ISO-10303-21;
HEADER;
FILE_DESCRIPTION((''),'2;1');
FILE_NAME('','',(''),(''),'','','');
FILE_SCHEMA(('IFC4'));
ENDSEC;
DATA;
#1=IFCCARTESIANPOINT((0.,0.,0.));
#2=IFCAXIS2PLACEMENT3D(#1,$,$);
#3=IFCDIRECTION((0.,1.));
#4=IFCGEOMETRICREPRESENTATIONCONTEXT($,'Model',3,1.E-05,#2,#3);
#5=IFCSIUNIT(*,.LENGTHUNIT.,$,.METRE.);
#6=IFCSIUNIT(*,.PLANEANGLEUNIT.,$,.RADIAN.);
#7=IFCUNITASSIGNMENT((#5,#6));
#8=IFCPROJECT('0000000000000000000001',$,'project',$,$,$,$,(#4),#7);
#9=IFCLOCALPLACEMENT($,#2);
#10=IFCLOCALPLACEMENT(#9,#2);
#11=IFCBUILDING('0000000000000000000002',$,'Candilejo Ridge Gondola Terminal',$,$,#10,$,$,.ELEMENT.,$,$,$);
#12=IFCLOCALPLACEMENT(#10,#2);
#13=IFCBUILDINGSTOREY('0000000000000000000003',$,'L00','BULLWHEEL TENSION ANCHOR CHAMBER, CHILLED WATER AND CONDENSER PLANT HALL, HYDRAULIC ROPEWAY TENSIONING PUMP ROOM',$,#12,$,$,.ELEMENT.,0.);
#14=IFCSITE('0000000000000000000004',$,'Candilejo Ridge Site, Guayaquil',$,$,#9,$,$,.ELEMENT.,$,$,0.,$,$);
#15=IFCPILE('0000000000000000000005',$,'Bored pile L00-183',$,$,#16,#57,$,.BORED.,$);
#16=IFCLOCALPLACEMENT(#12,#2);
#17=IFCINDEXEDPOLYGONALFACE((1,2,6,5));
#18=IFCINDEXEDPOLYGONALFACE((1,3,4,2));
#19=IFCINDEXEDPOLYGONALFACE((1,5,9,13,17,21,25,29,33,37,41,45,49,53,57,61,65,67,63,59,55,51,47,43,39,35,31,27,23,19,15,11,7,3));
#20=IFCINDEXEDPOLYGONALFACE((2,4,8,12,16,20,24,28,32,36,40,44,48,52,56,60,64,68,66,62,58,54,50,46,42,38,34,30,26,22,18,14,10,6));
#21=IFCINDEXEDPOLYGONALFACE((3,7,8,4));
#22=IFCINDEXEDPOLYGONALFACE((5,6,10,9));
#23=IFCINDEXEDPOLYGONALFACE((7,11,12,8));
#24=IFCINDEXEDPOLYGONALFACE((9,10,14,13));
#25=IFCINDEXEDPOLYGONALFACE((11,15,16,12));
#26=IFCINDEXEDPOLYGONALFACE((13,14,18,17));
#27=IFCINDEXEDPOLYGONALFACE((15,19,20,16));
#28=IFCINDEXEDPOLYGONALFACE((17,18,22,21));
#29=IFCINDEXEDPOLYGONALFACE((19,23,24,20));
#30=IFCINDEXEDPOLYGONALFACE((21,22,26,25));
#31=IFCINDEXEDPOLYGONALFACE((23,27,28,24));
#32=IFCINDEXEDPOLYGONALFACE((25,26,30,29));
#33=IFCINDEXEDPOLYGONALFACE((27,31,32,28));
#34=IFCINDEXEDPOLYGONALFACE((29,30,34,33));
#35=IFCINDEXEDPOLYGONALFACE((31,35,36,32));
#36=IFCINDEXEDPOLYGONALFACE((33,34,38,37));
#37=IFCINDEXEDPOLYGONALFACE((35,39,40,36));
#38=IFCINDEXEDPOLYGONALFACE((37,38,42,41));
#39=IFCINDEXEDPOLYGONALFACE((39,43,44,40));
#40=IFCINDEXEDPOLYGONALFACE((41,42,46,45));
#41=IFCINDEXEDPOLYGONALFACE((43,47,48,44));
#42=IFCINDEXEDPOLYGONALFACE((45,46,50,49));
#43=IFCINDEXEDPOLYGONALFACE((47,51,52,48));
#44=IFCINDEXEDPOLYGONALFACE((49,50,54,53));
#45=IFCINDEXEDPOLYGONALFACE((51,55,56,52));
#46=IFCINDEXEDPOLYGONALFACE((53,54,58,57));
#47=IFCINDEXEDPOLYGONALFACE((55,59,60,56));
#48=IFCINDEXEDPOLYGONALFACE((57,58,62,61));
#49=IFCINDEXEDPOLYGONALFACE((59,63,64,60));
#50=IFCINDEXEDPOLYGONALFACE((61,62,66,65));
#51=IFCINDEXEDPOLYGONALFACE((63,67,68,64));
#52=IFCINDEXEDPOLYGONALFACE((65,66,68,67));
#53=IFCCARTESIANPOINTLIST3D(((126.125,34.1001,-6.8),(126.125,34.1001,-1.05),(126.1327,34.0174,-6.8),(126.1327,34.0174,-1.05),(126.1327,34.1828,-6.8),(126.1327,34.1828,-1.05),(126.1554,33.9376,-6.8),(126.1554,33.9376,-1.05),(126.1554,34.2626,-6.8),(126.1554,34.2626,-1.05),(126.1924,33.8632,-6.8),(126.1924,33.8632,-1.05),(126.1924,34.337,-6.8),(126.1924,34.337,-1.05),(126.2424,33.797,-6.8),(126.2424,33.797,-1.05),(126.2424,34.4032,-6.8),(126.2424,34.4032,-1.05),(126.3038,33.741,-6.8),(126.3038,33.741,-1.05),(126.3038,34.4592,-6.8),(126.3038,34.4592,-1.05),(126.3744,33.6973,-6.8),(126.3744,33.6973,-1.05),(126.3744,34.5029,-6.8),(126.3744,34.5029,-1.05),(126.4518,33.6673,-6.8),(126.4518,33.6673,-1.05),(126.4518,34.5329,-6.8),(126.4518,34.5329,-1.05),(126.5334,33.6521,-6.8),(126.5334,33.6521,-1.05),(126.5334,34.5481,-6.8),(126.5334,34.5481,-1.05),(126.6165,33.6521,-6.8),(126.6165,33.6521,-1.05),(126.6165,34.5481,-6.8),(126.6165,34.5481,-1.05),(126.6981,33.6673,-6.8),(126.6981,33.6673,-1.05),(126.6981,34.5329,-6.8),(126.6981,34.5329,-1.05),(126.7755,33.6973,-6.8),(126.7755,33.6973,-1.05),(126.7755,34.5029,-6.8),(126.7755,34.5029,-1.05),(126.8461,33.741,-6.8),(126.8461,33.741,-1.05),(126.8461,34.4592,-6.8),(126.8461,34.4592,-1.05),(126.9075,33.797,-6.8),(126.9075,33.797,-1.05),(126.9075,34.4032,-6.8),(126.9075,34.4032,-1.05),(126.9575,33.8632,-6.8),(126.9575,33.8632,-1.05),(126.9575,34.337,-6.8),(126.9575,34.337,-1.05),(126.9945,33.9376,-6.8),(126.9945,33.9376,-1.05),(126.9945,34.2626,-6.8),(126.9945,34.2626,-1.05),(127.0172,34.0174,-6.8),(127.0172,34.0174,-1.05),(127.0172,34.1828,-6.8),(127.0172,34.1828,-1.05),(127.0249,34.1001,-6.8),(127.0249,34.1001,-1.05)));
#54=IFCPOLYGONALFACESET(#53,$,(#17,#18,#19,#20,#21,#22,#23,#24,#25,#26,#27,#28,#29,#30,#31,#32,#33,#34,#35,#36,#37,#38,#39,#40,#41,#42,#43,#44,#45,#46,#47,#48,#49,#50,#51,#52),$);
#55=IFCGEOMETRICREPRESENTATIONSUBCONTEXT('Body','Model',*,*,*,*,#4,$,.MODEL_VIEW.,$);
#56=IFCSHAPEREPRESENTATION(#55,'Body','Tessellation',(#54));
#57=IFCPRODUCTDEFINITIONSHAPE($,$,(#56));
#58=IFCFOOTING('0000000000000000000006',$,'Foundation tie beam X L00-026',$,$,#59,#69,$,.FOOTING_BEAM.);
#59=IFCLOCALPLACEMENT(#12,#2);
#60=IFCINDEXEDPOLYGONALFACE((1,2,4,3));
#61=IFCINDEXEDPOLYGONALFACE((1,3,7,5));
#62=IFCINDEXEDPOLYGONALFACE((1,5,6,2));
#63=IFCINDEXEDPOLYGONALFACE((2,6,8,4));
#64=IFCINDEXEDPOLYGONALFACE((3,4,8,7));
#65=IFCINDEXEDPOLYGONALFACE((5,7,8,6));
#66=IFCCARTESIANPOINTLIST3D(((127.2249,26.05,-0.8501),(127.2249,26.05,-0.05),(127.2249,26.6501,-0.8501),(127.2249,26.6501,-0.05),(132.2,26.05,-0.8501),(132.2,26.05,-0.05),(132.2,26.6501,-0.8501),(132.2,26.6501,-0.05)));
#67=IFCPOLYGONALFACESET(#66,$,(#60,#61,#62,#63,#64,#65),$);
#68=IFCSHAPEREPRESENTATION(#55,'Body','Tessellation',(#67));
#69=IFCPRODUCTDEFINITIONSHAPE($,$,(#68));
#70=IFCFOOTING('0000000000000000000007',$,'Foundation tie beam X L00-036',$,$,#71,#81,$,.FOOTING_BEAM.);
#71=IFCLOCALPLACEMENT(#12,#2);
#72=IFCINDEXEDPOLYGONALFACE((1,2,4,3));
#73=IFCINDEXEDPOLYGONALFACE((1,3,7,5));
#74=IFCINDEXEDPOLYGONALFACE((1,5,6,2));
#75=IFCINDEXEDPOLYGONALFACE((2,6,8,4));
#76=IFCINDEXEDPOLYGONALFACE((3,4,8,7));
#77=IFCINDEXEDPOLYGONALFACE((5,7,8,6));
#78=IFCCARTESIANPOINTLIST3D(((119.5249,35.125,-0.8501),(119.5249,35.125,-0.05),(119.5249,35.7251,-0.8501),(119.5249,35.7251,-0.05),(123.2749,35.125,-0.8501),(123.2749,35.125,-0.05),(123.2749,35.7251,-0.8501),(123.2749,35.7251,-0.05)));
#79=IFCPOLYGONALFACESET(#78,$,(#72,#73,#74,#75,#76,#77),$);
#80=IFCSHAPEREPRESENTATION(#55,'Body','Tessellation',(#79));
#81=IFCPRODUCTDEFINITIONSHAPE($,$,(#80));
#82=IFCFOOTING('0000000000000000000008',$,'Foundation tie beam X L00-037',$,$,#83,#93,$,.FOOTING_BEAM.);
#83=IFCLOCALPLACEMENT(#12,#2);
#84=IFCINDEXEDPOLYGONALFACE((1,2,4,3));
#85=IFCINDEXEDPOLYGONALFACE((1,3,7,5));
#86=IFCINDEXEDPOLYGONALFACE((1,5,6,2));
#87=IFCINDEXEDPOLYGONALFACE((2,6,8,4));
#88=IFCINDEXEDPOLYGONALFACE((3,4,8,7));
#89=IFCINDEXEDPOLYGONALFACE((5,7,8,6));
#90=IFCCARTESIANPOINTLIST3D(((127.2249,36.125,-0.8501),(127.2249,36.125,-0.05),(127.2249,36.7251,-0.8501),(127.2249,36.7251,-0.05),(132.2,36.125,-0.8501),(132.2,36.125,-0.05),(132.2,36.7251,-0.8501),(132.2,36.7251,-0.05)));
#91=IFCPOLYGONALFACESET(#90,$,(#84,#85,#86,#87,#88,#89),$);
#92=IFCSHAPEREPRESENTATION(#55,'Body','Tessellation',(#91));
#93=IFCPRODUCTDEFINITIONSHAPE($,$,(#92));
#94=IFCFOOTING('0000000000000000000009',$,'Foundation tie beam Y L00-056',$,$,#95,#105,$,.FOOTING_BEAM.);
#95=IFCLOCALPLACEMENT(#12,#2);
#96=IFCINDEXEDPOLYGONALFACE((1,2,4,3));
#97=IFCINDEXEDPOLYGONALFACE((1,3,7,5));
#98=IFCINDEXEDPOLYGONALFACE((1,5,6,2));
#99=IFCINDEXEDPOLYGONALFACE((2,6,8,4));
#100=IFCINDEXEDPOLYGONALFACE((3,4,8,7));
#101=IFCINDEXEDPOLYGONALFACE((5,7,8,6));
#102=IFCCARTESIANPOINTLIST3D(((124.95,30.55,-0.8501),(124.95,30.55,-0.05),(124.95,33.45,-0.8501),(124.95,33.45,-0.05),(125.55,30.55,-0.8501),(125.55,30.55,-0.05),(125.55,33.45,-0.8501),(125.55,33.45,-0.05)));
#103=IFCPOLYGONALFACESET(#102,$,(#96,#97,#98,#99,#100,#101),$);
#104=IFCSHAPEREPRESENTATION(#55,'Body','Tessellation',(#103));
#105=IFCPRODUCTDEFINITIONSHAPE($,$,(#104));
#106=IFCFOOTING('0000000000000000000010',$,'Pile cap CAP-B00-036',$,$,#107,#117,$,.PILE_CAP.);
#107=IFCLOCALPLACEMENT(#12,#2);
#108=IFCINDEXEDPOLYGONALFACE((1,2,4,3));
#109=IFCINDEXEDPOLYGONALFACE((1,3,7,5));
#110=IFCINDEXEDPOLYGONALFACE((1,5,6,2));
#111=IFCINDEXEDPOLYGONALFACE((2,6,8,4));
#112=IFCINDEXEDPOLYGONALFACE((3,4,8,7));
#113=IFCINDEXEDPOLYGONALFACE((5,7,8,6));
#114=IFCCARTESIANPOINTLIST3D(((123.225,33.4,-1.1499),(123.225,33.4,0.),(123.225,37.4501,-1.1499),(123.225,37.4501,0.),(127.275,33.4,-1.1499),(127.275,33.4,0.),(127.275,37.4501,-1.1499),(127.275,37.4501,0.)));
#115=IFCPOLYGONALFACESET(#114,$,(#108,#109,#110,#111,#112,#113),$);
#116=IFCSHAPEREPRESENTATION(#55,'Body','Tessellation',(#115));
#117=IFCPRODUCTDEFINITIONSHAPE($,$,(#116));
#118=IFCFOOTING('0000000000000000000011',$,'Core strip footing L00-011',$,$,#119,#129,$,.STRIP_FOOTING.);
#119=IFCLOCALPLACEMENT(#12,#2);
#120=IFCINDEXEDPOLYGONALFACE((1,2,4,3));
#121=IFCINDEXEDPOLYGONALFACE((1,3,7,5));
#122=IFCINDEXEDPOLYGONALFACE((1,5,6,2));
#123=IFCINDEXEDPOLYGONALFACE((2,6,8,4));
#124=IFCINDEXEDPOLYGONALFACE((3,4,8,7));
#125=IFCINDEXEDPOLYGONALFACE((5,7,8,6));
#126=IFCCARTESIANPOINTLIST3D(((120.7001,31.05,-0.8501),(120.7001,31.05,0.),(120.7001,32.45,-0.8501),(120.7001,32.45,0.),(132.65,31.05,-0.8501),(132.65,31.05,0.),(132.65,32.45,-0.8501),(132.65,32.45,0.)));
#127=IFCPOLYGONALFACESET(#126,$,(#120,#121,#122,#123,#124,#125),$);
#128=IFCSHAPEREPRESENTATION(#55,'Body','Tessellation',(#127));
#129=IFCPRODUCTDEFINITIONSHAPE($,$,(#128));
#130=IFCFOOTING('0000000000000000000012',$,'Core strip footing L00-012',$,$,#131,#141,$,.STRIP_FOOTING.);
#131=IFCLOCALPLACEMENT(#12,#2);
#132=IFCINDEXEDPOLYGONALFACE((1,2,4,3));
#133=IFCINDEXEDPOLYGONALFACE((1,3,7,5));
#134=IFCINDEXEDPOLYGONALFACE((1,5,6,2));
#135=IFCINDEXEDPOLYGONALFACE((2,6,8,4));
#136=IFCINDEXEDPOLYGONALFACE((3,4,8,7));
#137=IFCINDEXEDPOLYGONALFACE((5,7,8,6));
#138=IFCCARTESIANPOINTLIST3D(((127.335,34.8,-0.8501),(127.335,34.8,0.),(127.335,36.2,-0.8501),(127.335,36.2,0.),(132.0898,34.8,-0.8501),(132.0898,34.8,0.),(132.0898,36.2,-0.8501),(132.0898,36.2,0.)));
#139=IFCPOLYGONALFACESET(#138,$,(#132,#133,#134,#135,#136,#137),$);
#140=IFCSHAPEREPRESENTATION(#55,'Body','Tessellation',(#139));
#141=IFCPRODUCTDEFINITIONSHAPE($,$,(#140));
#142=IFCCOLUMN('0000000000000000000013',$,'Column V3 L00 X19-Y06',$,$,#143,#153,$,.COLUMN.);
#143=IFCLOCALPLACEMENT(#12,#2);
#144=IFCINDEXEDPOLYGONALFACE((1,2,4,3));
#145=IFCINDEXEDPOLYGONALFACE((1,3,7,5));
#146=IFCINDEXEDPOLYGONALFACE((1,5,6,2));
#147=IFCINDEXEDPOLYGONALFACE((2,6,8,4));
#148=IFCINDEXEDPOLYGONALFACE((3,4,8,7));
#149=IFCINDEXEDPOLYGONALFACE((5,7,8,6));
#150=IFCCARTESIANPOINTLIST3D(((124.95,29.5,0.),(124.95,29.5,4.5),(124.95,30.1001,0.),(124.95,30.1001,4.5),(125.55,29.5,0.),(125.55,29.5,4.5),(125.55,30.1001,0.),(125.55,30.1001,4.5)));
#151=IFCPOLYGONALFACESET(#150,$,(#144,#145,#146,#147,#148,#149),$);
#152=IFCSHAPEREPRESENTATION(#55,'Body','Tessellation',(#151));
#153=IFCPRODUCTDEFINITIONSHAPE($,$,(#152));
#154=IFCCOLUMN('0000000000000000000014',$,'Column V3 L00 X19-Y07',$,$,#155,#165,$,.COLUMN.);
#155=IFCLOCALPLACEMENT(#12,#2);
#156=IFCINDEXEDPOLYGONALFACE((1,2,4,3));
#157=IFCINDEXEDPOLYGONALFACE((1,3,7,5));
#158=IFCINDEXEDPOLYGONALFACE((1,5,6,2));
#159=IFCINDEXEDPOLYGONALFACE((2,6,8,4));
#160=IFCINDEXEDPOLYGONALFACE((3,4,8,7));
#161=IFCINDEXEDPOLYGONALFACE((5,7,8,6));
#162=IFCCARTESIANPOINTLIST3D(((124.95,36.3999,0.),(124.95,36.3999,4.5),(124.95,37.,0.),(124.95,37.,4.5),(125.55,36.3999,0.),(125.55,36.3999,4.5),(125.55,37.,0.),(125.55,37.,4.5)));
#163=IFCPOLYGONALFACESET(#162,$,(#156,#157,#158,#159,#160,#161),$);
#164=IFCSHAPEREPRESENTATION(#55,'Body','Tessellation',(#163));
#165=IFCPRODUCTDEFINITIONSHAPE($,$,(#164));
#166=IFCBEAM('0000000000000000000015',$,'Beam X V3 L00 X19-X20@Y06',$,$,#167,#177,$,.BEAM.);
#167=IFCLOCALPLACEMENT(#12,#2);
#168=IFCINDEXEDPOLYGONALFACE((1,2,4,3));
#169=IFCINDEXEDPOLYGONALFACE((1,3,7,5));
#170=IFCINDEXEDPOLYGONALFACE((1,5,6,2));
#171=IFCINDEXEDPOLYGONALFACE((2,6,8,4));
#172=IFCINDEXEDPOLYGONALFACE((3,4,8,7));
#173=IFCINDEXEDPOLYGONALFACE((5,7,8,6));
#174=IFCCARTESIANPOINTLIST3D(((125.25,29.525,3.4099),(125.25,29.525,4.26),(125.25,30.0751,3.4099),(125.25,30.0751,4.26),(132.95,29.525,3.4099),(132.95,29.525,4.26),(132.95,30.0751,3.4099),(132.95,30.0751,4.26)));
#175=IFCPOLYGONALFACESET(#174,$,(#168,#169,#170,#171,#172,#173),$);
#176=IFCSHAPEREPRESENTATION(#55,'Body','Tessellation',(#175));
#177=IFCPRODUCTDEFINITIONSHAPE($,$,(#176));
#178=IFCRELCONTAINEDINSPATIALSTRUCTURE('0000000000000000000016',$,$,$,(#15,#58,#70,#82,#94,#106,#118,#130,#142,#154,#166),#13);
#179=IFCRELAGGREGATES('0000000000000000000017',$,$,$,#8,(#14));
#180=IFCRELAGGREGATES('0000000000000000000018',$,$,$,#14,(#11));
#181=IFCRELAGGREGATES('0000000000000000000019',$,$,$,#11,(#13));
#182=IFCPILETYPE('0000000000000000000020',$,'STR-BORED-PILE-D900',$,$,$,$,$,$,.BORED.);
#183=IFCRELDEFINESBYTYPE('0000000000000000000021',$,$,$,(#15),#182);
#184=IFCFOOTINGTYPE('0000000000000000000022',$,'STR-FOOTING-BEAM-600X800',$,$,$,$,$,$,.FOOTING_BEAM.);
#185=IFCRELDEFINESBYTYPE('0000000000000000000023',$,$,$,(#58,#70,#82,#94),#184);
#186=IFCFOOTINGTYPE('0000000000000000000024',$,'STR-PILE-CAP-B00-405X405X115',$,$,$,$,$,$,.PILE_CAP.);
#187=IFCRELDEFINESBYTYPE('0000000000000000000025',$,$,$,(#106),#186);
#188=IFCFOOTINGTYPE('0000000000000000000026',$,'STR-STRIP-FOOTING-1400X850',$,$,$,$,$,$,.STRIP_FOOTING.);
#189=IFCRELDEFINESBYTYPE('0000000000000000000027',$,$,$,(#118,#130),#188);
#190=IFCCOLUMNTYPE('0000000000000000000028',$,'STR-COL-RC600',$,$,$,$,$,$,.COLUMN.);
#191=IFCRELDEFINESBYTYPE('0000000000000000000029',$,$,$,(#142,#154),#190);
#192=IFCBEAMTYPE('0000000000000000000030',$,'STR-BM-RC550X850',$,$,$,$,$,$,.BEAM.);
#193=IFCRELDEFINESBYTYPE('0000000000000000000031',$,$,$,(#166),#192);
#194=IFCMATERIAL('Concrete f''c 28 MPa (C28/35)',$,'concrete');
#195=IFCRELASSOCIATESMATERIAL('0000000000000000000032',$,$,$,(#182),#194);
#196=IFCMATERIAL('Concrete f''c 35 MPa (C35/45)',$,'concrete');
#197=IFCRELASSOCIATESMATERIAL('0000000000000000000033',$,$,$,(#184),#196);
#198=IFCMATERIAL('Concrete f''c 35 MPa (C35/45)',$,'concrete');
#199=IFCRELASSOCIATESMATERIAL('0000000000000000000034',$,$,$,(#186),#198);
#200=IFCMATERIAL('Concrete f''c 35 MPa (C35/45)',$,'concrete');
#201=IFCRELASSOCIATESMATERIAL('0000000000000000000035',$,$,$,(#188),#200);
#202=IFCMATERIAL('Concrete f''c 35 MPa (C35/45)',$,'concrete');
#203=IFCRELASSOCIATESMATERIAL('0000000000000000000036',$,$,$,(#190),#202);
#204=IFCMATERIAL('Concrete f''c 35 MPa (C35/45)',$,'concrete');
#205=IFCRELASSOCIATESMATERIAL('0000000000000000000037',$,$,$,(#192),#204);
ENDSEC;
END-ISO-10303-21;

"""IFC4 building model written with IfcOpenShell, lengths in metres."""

from ifc_helpers import new_model, si_unit, direction, frame, origin, origin_2d, place, context, subcontext, project, spatial, rectangle, circle, extrude, material, material_profile, profile_set, type_object, element, save


model = new_model("IFC4")

# Units and contexts
model_context = context("Model", 3, precision=1e-05, world=origin(), true_north=direction((0.0, 1.0)))
body_context = subcontext(model_context, "Body", "Model", "MODEL_VIEW")
ifc_project = project(units=[si_unit("LENGTHUNIT", "METRE"), si_unit("PLANEANGLEUNIT", "RADIAN")], contexts=[model_context])

# Site, building, storey
site_placement = place(None, origin())
site = spatial("IfcSite", under=ifc_project, at=site_placement, Name="Candilejo Ridge Site, Guayaquil", CompositionType="ELEMENT", RefElevation=0.0)
building_placement = place(site_placement, origin())
building = spatial("IfcBuilding", under=site, at=building_placement, Name="Candilejo Ridge Gondola Terminal", CompositionType="ELEMENT")
storey_placement = place(building_placement, origin())
storey = spatial("IfcBuildingStorey", under=building, at=storey_placement, Name="L00", Description="BULLWHEEL TENSION ANCHOR CHAMBER, CHILLED WATER AND CONDENSER PLANT HALL, HYDRAULIC ROPEWAY TENSIONING PUMP ROOM", CompositionType="ELEMENT", Elevation=0.0)

# Pile
ifc_material_1 = material(Name="Concrete f'c 28 MPa (C28/35)", Category="concrete")
ifc_material_profile_1 = material_profile(ifc_material_1, circle(Radius=0.45, at=origin_2d()))
ifc_profile_set_1 = profile_set([ifc_material_profile_1], Name="Concrete f'c 28 MPa (C28/35)")
pile_type = type_object("IfcPileType", Name="STR-BORED-PILE-D900", PredefinedType="BORED", material=ifc_profile_set_1)
for number, where, z_axis, x_axis, name in (
    (1, (126.575, 34.1001, -1.05), (0.0, 0.0, -1.0), (1.0, 0.0, 0.0), "Bored pile L00-183"),
):
    element("IfcPile", number, at=place(storey_placement, frame(where, z_axis=z_axis, x_axis=x_axis)), inside=storey, type_object=pile_type, Name=name, PredefinedType="BORED", context=body_context, shape_type="SweptSolid", body=[
        extrude(circle(Radius=0.45, at=origin_2d()), origin(), (0.0, 0.0, 1.0), 5.75),
    ])

# Footings
ifc_material_2 = material(Name="Concrete f'c 35 MPa (C35/45)", Category="concrete")
footing_type_1 = type_object("IfcFootingType", Name="STR-FOOTING-BEAM-600X800", PredefinedType="FOOTING_BEAM", material=ifc_material_2)
footing_1_placement = place(storey_placement, frame((129.7124, 26.3501, -0.8501), z_axis=(0.0, 0.0, 1.0), x_axis=(1.0, 0.0, 0.0)))
element("IfcFooting", 2, at=footing_1_placement, inside=storey, type_object=footing_type_1, Name="Foundation tie beam X L00-026", PredefinedType="FOOTING_BEAM", context=body_context, shape_type="SweptSolid", body=[
    extrude(rectangle(XDim=4.9751, YDim=0.6001, at=origin_2d()), origin(), (0.0, 0.0, 1.0), 0.8),
])
footing_2_placement = place(storey_placement, frame((121.3999, 35.425, -0.8501), z_axis=(0.0, 0.0, 1.0), x_axis=(1.0, 0.0, 0.0)))
element("IfcFooting", 3, at=footing_2_placement, inside=storey, type_object=footing_type_1, Name="Foundation tie beam X L00-036", PredefinedType="FOOTING_BEAM", context=body_context, shape_type="SweptSolid", body=[
    extrude(rectangle(XDim=3.75, YDim=0.6001, at=origin_2d()), origin(), (0.0, 0.0, 1.0), 0.8),
])
footing_3_placement = place(storey_placement, frame((129.7124, 36.425, -0.8501), z_axis=(0.0, 0.0, 1.0), x_axis=(1.0, 0.0, 0.0)))
element("IfcFooting", 4, at=footing_3_placement, inside=storey, type_object=footing_type_1, Name="Foundation tie beam X L00-037", PredefinedType="FOOTING_BEAM", context=body_context, shape_type="SweptSolid", body=[
    extrude(rectangle(XDim=4.9751, YDim=0.6001, at=origin_2d()), origin(), (0.0, 0.0, 1.0), 0.8),
])
footing_4_placement = place(storey_placement, frame((125.25, 32.0, -0.8501), z_axis=(0.0, 0.0, 1.0), x_axis=(1.0, 0.0, 0.0)))
element("IfcFooting", 5, at=footing_4_placement, inside=storey, type_object=footing_type_1, Name="Foundation tie beam Y L00-056", PredefinedType="FOOTING_BEAM", context=body_context, shape_type="SweptSolid", body=[
    extrude(rectangle(XDim=0.6001, YDim=2.8999, at=origin_2d()), origin(), (0.0, 0.0, 1.0), 0.8),
])
ifc_material_3 = material(Name="Concrete f'c 35 MPa (C35/45)", Category="concrete")
footing_type_2 = type_object("IfcFootingType", Name="STR-PILE-CAP-B00-405X405X115", PredefinedType="PILE_CAP", material=ifc_material_3)
footing_5_placement = place(storey_placement, frame((125.25, 35.425, -1.1499), z_axis=(0.0, 0.0, 1.0), x_axis=(1.0, 0.0, 0.0)))
element("IfcFooting", 6, at=footing_5_placement, inside=storey, type_object=footing_type_2, Name="Pile cap CAP-B00-036", PredefinedType="PILE_CAP", context=body_context, shape_type="SweptSolid", body=[
    extrude(rectangle(XDim=4.05, YDim=4.05, at=origin_2d()), origin(), (0.0, 0.0, 1.0), 1.1499),
])
ifc_material_4 = material(Name="Concrete f'c 35 MPa (C35/45)", Category="concrete")
footing_type_3 = type_object("IfcFootingType", Name="STR-STRIP-FOOTING-1400X850", PredefinedType="STRIP_FOOTING", material=ifc_material_4)
footing_6_placement = place(storey_placement, frame((126.675, 31.75, -0.8501), z_axis=(0.0, 0.0, 1.0), x_axis=(1.0, 0.0, 0.0)))
element("IfcFooting", 7, at=footing_6_placement, inside=storey, type_object=footing_type_3, Name="Core strip footing L00-011", PredefinedType="STRIP_FOOTING", context=body_context, shape_type="SweptSolid", body=[
    extrude(rectangle(XDim=11.95, YDim=1.3999, at=origin_2d()), origin(), (0.0, 0.0, 1.0), 0.8501),
])
footing_7_placement = place(storey_placement, frame((129.7124, 35.5, -0.8501), z_axis=(0.0, 0.0, 1.0), x_axis=(1.0, 0.0, 0.0)))
element("IfcFooting", 8, at=footing_7_placement, inside=storey, type_object=footing_type_3, Name="Core strip footing L00-012", PredefinedType="STRIP_FOOTING", context=body_context, shape_type="SweptSolid", body=[
    extrude(rectangle(XDim=4.7549, YDim=1.3999, at=origin_2d()), origin(), (0.0, 0.0, 1.0), 0.8501),
])

# Columns
ifc_material_5 = material(Name="Concrete f'c 35 MPa (C35/45)", Category="concrete")
ifc_material_profile_2 = material_profile(ifc_material_5, rectangle(XDim=0.6001, YDim=0.6001, at=origin_2d()))
ifc_profile_set_2 = profile_set([ifc_material_profile_2], Name="Concrete f'c 35 MPa (C35/45)")
column_type = type_object("IfcColumnType", Name="STR-COL-RC600", PredefinedType="COLUMN", material=ifc_profile_set_2)
for number, where, z_axis, x_axis, name in (
    (9, (125.25, 29.8, 0.0), (0.0, 0.0, 1.0), (1.0, 0.0, 0.0), "Column V3 L00 X19-Y06"),
    (10, (125.25, 36.7, 0.0), (0.0, 0.0, 1.0), (1.0, 0.0, 0.0), "Column V3 L00 X19-Y07"),
):
    element("IfcColumn", number, at=place(storey_placement, frame(where, z_axis=z_axis, x_axis=x_axis)), inside=storey, type_object=column_type, Name=name, PredefinedType="COLUMN", context=body_context, shape_type="SweptSolid", body=[
        extrude(rectangle(XDim=0.6001, YDim=0.6001, at=origin_2d()), origin(), (0.0, 0.0, 1.0), 4.5),
    ])

# Beam
ifc_material_6 = material(Name="Concrete f'c 35 MPa (C35/45)", Category="concrete")
ifc_material_profile_3 = material_profile(ifc_material_6, rectangle(XDim=0.55, YDim=0.8501, at=origin_2d()))
ifc_profile_set_3 = profile_set([ifc_material_profile_3], Name="Concrete f'c 35 MPa (C35/45)")
beam_type_1 = type_object("IfcBeamType", Name="STR-BM-RC550X850", PredefinedType="BEAM", material=ifc_profile_set_3)
beam_1_placement = place(storey_placement, frame((125.25, 29.8, 3.835), z_axis=(1.0, 0.0, 0.0), x_axis=(0.0, 1.0, 0.0)))
element("IfcBeam", 11, at=beam_1_placement, inside=storey, type_object=beam_type_1, Name="Beam X V3 L00 X19-X20@Y06", PredefinedType="BEAM", context=body_context, shape_type="SweptSolid", body=[
    extrude(rectangle(XDim=0.55, YDim=0.8501, at=origin_2d()), origin(), (0.0, 0.0, 1.0), 7.7),
])

save(model, "model.ifc")
